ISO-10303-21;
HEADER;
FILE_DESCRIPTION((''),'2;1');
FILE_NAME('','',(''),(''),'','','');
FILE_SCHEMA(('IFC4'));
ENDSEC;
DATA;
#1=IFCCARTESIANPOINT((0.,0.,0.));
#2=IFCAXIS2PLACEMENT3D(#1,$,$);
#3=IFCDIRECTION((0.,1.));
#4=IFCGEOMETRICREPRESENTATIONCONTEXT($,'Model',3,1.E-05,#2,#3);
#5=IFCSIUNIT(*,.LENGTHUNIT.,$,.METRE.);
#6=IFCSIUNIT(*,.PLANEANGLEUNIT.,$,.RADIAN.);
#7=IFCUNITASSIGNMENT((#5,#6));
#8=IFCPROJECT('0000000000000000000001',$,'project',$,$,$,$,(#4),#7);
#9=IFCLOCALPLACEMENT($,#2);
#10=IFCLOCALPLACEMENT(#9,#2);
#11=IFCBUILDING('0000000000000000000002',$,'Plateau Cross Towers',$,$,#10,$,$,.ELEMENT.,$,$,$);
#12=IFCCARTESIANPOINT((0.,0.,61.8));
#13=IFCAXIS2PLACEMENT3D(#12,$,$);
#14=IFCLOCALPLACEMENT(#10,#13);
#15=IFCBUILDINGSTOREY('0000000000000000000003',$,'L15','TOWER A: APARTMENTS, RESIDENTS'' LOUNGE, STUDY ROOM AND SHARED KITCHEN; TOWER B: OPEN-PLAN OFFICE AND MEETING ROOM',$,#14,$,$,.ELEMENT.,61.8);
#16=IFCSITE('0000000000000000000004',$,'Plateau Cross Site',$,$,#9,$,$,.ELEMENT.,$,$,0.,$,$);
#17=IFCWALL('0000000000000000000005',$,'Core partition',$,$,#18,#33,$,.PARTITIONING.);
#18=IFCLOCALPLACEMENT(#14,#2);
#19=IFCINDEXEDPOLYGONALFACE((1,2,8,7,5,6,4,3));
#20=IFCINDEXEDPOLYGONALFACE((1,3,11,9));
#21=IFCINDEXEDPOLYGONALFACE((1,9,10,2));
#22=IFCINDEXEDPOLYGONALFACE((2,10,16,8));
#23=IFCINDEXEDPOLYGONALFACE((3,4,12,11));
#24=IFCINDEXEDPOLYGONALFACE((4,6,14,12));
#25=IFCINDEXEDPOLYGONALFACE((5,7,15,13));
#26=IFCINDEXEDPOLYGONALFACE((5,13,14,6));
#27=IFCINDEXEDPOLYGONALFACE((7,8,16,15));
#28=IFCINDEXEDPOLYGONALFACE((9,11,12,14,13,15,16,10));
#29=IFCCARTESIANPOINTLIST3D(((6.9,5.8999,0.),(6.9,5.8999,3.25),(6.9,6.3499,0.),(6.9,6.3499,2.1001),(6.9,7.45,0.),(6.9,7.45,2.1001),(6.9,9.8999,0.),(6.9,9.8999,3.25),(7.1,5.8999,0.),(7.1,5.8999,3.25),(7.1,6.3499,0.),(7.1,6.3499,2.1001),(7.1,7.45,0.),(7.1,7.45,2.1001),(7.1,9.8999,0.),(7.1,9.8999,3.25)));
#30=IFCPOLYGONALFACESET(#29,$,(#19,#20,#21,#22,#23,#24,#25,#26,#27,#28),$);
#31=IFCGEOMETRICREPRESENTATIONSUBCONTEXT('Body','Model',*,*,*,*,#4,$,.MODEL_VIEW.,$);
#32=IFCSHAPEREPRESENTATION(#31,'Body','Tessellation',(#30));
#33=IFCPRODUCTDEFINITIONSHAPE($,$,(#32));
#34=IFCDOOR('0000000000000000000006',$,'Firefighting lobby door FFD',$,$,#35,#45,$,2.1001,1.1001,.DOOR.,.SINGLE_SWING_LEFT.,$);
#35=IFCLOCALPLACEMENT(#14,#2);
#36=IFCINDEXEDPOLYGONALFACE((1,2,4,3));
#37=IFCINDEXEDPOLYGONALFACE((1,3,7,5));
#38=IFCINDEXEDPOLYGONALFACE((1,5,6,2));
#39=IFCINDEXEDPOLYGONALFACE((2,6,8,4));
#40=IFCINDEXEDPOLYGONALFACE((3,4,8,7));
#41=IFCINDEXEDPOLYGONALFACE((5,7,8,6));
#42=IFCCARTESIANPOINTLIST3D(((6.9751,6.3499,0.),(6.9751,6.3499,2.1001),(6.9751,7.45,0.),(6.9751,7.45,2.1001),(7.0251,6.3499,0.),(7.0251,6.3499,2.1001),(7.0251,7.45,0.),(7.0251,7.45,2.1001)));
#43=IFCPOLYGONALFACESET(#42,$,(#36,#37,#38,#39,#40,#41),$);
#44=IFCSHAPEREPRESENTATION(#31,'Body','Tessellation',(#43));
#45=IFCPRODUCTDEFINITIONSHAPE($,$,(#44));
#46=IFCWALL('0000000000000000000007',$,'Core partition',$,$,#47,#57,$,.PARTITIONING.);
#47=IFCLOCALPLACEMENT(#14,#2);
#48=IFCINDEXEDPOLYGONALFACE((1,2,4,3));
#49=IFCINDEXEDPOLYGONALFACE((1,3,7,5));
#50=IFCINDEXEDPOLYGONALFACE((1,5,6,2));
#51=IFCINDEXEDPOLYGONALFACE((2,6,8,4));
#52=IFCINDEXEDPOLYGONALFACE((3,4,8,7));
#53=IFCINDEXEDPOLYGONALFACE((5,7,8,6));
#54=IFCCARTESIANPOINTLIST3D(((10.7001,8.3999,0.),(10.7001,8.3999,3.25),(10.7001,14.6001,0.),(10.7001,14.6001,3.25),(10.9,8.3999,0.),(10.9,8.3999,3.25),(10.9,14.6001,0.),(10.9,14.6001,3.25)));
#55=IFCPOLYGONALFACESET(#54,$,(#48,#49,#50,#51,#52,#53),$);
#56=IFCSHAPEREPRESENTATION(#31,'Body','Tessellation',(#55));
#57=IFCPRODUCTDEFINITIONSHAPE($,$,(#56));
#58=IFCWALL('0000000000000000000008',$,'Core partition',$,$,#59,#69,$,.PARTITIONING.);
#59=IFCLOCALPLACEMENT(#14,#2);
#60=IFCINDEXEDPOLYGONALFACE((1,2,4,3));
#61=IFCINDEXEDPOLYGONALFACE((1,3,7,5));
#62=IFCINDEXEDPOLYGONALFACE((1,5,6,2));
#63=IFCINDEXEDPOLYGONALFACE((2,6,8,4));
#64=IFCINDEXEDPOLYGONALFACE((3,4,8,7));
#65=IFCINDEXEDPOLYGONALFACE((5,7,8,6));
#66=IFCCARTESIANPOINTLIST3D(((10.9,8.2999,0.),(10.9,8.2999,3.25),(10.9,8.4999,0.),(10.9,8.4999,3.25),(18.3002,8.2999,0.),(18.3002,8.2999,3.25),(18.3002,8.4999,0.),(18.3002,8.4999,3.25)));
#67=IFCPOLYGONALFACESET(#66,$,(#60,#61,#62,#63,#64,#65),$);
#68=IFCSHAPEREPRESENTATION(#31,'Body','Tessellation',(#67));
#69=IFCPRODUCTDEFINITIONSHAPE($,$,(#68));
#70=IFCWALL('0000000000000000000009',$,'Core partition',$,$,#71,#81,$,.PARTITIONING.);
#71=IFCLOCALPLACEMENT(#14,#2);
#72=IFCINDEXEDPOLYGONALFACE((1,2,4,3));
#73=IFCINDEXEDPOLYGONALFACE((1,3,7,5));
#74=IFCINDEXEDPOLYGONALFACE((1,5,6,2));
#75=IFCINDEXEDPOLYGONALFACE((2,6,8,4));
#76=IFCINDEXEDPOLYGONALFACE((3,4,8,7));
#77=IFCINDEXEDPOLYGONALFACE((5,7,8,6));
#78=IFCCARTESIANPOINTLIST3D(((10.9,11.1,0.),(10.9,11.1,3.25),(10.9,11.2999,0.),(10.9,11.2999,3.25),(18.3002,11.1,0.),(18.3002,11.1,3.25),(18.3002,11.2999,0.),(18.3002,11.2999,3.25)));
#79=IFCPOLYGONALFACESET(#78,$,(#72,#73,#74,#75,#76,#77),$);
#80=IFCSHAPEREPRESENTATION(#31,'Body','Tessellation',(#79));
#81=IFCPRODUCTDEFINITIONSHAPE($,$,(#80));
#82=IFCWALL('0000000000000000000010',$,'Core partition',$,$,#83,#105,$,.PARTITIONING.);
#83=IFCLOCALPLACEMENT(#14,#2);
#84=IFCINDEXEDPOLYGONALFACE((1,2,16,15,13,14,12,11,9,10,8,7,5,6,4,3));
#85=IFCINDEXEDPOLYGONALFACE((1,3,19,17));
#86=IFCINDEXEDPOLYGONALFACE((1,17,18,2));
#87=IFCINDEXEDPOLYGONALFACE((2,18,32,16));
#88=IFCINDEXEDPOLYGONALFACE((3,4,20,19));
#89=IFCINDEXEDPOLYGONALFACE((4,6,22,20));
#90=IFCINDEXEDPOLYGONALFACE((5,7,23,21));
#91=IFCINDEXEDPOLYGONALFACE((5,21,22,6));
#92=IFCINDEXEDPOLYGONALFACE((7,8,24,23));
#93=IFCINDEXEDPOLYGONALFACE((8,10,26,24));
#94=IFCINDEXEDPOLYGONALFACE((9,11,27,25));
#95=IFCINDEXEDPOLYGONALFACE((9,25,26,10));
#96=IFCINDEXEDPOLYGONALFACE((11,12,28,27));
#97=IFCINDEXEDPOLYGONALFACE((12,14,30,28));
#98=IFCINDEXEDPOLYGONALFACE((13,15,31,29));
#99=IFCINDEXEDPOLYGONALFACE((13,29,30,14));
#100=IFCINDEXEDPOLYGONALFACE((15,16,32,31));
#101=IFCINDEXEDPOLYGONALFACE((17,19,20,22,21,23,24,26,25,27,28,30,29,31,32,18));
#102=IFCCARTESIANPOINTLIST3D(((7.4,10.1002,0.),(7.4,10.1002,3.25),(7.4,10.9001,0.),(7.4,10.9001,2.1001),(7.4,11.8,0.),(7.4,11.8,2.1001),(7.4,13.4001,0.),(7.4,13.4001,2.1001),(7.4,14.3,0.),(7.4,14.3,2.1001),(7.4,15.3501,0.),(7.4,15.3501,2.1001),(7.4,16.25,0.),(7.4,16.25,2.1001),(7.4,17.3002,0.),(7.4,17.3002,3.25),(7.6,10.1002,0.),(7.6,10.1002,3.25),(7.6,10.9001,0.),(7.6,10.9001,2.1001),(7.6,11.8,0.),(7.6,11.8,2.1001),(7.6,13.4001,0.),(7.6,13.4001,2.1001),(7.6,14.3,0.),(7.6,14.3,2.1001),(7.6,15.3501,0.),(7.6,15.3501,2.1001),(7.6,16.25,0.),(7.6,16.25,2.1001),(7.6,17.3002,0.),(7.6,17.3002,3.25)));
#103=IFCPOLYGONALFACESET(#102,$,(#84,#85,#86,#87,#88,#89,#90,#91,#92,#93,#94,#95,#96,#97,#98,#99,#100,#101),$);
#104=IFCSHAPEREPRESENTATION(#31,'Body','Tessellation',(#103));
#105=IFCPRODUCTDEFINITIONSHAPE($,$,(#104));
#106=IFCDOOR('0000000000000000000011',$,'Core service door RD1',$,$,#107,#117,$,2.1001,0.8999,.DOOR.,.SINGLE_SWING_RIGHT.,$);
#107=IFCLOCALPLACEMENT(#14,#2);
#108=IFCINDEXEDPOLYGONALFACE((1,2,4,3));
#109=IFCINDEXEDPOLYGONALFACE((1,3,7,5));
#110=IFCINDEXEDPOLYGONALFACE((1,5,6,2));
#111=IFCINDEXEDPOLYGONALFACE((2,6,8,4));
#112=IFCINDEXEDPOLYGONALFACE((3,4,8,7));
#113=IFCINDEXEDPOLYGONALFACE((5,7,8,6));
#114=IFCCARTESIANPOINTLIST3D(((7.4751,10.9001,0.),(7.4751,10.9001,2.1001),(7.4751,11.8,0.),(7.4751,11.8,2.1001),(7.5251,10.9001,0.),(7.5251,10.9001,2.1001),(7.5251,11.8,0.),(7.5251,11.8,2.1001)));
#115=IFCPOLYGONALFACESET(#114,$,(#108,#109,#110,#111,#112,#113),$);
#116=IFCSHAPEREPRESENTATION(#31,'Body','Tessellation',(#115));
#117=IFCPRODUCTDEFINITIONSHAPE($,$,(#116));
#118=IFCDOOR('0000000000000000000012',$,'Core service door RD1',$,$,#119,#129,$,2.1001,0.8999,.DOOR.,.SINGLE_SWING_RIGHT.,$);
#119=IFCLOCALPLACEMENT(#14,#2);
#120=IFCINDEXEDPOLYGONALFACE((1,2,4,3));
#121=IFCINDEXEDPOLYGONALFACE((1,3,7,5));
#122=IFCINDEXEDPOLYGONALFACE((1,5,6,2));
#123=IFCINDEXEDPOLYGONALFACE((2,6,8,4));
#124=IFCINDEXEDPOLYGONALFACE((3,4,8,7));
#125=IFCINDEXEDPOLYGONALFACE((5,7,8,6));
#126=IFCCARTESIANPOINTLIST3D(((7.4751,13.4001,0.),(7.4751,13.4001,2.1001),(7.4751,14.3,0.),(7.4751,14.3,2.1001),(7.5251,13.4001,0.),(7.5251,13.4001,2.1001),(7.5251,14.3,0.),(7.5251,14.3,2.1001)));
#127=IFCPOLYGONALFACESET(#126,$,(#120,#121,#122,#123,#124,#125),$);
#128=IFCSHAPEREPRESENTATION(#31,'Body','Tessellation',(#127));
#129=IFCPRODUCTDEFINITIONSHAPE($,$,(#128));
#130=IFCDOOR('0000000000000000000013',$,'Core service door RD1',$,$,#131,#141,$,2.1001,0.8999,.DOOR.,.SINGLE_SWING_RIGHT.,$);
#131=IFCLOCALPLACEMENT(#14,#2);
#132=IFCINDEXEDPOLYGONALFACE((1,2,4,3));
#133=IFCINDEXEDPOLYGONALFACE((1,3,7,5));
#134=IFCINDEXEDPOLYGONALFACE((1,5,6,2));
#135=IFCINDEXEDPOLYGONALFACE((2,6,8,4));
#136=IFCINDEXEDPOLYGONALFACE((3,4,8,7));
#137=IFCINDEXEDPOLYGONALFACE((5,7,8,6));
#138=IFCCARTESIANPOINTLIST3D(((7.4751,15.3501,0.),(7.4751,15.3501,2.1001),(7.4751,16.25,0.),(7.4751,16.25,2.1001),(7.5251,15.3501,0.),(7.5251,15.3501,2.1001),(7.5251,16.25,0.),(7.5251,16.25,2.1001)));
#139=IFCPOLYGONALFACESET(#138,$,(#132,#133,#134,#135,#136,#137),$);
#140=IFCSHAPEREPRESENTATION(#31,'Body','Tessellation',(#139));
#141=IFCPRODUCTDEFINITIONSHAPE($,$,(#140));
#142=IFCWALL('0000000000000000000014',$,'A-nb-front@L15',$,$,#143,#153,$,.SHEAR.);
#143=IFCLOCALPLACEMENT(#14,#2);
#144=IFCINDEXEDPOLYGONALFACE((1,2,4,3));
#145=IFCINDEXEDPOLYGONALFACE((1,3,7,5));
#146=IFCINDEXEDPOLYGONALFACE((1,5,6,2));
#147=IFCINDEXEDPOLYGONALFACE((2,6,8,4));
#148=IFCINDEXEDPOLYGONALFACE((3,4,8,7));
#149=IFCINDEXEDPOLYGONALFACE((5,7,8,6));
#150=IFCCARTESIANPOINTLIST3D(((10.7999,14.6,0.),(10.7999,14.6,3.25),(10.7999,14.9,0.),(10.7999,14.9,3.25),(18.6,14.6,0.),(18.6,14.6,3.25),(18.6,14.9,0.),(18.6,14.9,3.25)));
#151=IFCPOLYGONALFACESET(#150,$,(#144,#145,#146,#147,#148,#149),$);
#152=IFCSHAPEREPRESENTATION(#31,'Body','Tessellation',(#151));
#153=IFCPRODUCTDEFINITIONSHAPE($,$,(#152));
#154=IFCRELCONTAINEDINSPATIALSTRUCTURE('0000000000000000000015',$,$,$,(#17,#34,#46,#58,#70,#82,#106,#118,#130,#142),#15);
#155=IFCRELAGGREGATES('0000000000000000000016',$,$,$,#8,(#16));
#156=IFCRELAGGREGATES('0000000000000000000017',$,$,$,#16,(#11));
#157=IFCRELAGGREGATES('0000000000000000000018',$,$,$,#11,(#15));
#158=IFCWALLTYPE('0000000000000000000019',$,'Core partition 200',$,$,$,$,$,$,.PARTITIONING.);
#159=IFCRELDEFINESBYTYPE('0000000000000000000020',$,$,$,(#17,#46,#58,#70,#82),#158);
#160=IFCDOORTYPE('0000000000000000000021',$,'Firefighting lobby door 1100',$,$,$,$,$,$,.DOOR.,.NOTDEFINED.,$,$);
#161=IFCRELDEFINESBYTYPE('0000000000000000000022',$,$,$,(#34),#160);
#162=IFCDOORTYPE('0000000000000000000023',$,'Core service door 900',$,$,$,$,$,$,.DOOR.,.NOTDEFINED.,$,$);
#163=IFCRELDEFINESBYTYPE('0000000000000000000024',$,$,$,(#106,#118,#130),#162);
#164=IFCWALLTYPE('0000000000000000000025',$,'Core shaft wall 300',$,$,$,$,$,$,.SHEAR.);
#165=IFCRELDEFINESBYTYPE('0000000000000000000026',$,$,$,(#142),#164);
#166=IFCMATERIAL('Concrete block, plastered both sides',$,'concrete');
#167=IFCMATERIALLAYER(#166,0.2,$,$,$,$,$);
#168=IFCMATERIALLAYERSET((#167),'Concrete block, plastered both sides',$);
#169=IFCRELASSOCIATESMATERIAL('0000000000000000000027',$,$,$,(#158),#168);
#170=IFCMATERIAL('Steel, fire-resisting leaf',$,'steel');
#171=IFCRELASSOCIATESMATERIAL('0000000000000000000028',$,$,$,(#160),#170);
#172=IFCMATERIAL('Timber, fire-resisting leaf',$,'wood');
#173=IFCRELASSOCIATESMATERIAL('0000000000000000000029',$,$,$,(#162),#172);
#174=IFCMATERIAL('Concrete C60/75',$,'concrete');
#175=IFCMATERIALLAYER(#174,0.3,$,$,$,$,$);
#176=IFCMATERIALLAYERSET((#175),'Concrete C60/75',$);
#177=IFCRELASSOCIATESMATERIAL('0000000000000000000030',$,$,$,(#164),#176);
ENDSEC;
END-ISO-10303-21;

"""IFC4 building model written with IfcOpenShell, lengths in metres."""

from ifc_helpers import new_model, si_unit, direction, frame, frame_2d, origin, place, context, subcontext, project, spatial, rectangle, extrude, material, layer, layer_set, type_object, element, fill, save


model = new_model("IFC4")

# Units and contexts
model_context = context("Model", 3, precision=1e-05, world=origin(), true_north=direction((0.0, 1.0)))
body_context = subcontext(model_context, "Body", "Model", "MODEL_VIEW")
ifc_project = project(units=[si_unit("LENGTHUNIT", "METRE"), si_unit("PLANEANGLEUNIT", "RADIAN")], contexts=[model_context])

# Site, building, storey
site_placement = place(None, origin())
site = spatial("IfcSite", under=ifc_project, at=site_placement, Name="Plateau Cross Site", CompositionType="ELEMENT", RefElevation=0.0)
building_placement = place(site_placement, origin())
building = spatial("IfcBuilding", under=site, at=building_placement, Name="Plateau Cross Towers", CompositionType="ELEMENT")
storey_placement = place(building_placement, frame((0.0, 0.0, 61.8)))
storey = spatial("IfcBuildingStorey", under=building, at=storey_placement, Name="L15", Description="TOWER A: APARTMENTS, RESIDENTS' LOUNGE, STUDY ROOM AND SHARED KITCHEN; TOWER B: OPEN-PLAN OFFICE AND MEETING ROOM", CompositionType="ELEMENT", Elevation=61.8)

# Wall, opening, door
ifc_material_1 = material(Name="Concrete block, plastered both sides", Category="concrete")
ifc_layer_1 = layer(ifc_material_1, 0.2)
ifc_layer_set_1 = layer_set([ifc_layer_1], Name="Concrete block, plastered both sides")
wall_type_1 = type_object("IfcWallType", Name="Core partition 200", PredefinedType="PARTITIONING", material=ifc_layer_set_1)
wall_1_placement = place(storey_placement, frame((7.0, 5.8999, 0.0), z_axis=(0.0, 0.0, 1.0), x_axis=(0.0, 1.0, 0.0)))
wall_1 = element("IfcWall", 1, at=wall_1_placement, inside=storey, type_object=wall_type_1, Name="Core partition", PredefinedType="PARTITIONING", context=body_context, shape_type="SweptSolid", body=[
    extrude(rectangle(XDim=4.0, YDim=0.2, at=frame_2d((2.0, 0.0))), origin(), (0.0, 0.0, 1.0), 3.25),
])
opening_1_placement = place(wall_1_placement, frame((0.45, 0.0, 0.0)))
opening_1 = element("IfcOpeningElement", 2, at=opening_1_placement, cuts=wall_1, PredefinedType="OPENING", context=body_context, shape_type="SweptSolid", body=[
    extrude(rectangle(XDim=1.1001, YDim=2.1001, at=frame_2d((0.55, 1.05))), frame((0.0, 0.1099, 0.0), z_axis=(0.0, -1.0, 0.0), x_axis=(1.0, 0.0, 0.0)), (0.0, 0.0, 1.0), 0.22),
])
ifc_material_2 = material(Name="Steel, fire-resisting leaf", Category="steel")
door_type_1 = type_object("IfcDoorType", Name="Firefighting lobby door 1100", OperationType="NOTDEFINED", PredefinedType="DOOR", material=ifc_material_2)
door_1_placement = place(opening_1_placement, origin())
door_1 = element("IfcDoor", 3, at=door_1_placement, inside=storey, type_object=door_type_1, Name="Firefighting lobby door FFD", OperationType="SINGLE_SWING_LEFT", OverallHeight=2.1001, OverallWidth=1.1001, PredefinedType="DOOR", context=body_context, shape_type="SweptSolid", body=[
    extrude(rectangle(XDim=1.1001, YDim=2.1001, at=frame_2d((0.55, 1.05))), frame((0.0, 0.0249, 0.0), z_axis=(0.0, -1.0, 0.0), x_axis=(1.0, 0.0, 0.0)), (0.0, 0.0, 1.0), 0.05),
])
fill(opening_1, door_1)

# Walls
wall_2_placement = place(storey_placement, frame((10.8, 8.3999, 0.0), z_axis=(0.0, 0.0, 1.0), x_axis=(0.0, 1.0, 0.0)))
element("IfcWall", 4, at=wall_2_placement, inside=storey, type_object=wall_type_1, Name="Core partition", PredefinedType="PARTITIONING", context=body_context, shape_type="SweptSolid", body=[
    extrude(rectangle(XDim=6.2002, YDim=0.2, at=frame_2d((3.1001, 0.0))), origin(), (0.0, 0.0, 1.0), 3.25),
])
for number, where, z_axis, x_axis, name in (
    (5, (10.8999, 8.3999, 0.0), (0.0, 0.0, 1.0), (1.0, 0.0, 0.0), "Core partition"),
    (6, (10.8999, 11.2, 0.0), (0.0, 0.0, 1.0), (1.0, 0.0, 0.0), "Core partition"),
):
    element("IfcWall", number, at=place(storey_placement, frame(where, z_axis=z_axis, x_axis=x_axis)), inside=storey, type_object=wall_type_1, Name=name, PredefinedType="PARTITIONING", context=body_context, shape_type="SweptSolid", body=[
        extrude(rectangle(XDim=7.4001, YDim=0.2, at=frame_2d((3.7002, 0.0))), origin(), (0.0, 0.0, 1.0), 3.25),
    ])

# Wall, openings, doors
wall_3_placement = place(storey_placement, frame((7.5, 10.1001, 0.0), z_axis=(0.0, 0.0, 1.0), x_axis=(0.0, 1.0, 0.0)))
wall_3 = element("IfcWall", 7, at=wall_3_placement, inside=storey, type_object=wall_type_1, Name="Core partition", PredefinedType="PARTITIONING", context=body_context, shape_type="SweptSolid", body=[
    extrude(rectangle(XDim=7.2, YDim=0.2, at=frame_2d((3.6001, 0.0))), origin(), (0.0, 0.0, 1.0), 3.25),
])
opening_2_placement = place(wall_3_placement, frame((0.8, 0.0, 0.0)))
opening_2 = element("IfcOpeningElement", 8, at=opening_2_placement, cuts=wall_3, PredefinedType="OPENING", context=body_context, shape_type="SweptSolid", body=[
    extrude(rectangle(XDim=0.8999, YDim=2.1001, at=frame_2d((0.45, 1.05))), frame((0.0, 0.1099, 0.0), z_axis=(0.0, -1.0, 0.0), x_axis=(1.0, 0.0, 0.0)), (0.0, 0.0, 1.0), 0.22),
])
opening_3_placement = place(wall_3_placement, frame((3.3, 0.0, 0.0)))
opening_3 = element("IfcOpeningElement", 9, at=opening_3_placement, cuts=wall_3, PredefinedType="OPENING", context=body_context, shape_type="SweptSolid", body=[
    extrude(rectangle(XDim=0.8999, YDim=2.1001, at=frame_2d((0.45, 1.05))), frame((0.0, 0.1099, 0.0), z_axis=(0.0, -1.0, 0.0), x_axis=(1.0, 0.0, 0.0)), (0.0, 0.0, 1.0), 0.22),
])
opening_4_placement = place(wall_3_placement, frame((5.25, 0.0, 0.0)))
opening_4 = element("IfcOpeningElement", 10, at=opening_4_placement, cuts=wall_3, PredefinedType="OPENING", context=body_context, shape_type="SweptSolid", body=[
    extrude(rectangle(XDim=0.8999, YDim=2.1001, at=frame_2d((0.45, 1.05))), frame((0.0, 0.1099, 0.0), z_axis=(0.0, -1.0, 0.0), x_axis=(1.0, 0.0, 0.0)), (0.0, 0.0, 1.0), 0.22),
])
ifc_material_3 = material(Name="Timber, fire-resisting leaf", Category="wood")
door_type_2 = type_object("IfcDoorType", Name="Core service door 900", OperationType="NOTDEFINED", PredefinedType="DOOR", material=ifc_material_3)
door_2_placement = place(opening_2_placement, origin())
door_2 = element("IfcDoor", 11, at=door_2_placement, inside=storey, type_object=door_type_2, Name="Core service door RD1", OperationType="SINGLE_SWING_RIGHT", OverallHeight=2.1001, OverallWidth=0.8999, PredefinedType="DOOR", context=body_context, shape_type="SweptSolid", body=[
    extrude(rectangle(XDim=0.8999, YDim=2.1001, at=frame_2d((0.45, 1.05))), frame((0.0, 0.0249, 0.0), z_axis=(0.0, -1.0, 0.0), x_axis=(1.0, 0.0, 0.0)), (0.0, 0.0, 1.0), 0.05),
])
fill(opening_2, door_2)
door_3_placement = place(opening_3_placement, origin())
door_3 = element("IfcDoor", 12, at=door_3_placement, inside=storey, type_object=door_type_2, Name="Core service door RD1", OperationType="SINGLE_SWING_RIGHT", OverallHeight=2.1001, OverallWidth=0.8999, PredefinedType="DOOR", context=body_context, shape_type="SweptSolid", body=[
    extrude(rectangle(XDim=0.8999, YDim=2.1001, at=frame_2d((0.45, 1.05))), frame((0.0, 0.0249, 0.0), z_axis=(0.0, -1.0, 0.0), x_axis=(1.0, 0.0, 0.0)), (0.0, 0.0, 1.0), 0.05),
])
fill(opening_3, door_3)
door_4_placement = place(opening_4_placement, origin())
door_4 = element("IfcDoor", 13, at=door_4_placement, inside=storey, type_object=door_type_2, Name="Core service door RD1", OperationType="SINGLE_SWING_RIGHT", OverallHeight=2.1001, OverallWidth=0.8999, PredefinedType="DOOR", context=body_context, shape_type="SweptSolid", body=[
    extrude(rectangle(XDim=0.8999, YDim=2.1001, at=frame_2d((0.45, 1.05))), frame((0.0, 0.0249, 0.0), z_axis=(0.0, -1.0, 0.0), x_axis=(1.0, 0.0, 0.0)), (0.0, 0.0, 1.0), 0.05),
])
fill(opening_4, door_4)

# Wall
ifc_material_4 = material(Name="Concrete C60/75", Category="concrete")
ifc_layer_2 = layer(ifc_material_4, 0.3)
ifc_layer_set_2 = layer_set([ifc_layer_2], Name="Concrete C60/75")
wall_type_2 = type_object("IfcWallType", Name="Core shaft wall 300", PredefinedType="SHEAR", material=ifc_layer_set_2)
wall_4_placement = place(storey_placement, frame((10.8, 14.75, 0.0), z_axis=(0.0, 0.0, 1.0), x_axis=(1.0, 0.0, 0.0)))
element("IfcWall", 14, at=wall_4_placement, inside=storey, type_object=wall_type_2, Name="A-nb-front@L15", PredefinedType="SHEAR", context=body_context, shape_type="SweptSolid", body=[
    extrude(rectangle(XDim=7.8, YDim=0.3, at=frame_2d((3.8999, 0.0))), origin(), (0.0, 0.0, 1.0), 3.25),
])

save(model, "model.ifc")
